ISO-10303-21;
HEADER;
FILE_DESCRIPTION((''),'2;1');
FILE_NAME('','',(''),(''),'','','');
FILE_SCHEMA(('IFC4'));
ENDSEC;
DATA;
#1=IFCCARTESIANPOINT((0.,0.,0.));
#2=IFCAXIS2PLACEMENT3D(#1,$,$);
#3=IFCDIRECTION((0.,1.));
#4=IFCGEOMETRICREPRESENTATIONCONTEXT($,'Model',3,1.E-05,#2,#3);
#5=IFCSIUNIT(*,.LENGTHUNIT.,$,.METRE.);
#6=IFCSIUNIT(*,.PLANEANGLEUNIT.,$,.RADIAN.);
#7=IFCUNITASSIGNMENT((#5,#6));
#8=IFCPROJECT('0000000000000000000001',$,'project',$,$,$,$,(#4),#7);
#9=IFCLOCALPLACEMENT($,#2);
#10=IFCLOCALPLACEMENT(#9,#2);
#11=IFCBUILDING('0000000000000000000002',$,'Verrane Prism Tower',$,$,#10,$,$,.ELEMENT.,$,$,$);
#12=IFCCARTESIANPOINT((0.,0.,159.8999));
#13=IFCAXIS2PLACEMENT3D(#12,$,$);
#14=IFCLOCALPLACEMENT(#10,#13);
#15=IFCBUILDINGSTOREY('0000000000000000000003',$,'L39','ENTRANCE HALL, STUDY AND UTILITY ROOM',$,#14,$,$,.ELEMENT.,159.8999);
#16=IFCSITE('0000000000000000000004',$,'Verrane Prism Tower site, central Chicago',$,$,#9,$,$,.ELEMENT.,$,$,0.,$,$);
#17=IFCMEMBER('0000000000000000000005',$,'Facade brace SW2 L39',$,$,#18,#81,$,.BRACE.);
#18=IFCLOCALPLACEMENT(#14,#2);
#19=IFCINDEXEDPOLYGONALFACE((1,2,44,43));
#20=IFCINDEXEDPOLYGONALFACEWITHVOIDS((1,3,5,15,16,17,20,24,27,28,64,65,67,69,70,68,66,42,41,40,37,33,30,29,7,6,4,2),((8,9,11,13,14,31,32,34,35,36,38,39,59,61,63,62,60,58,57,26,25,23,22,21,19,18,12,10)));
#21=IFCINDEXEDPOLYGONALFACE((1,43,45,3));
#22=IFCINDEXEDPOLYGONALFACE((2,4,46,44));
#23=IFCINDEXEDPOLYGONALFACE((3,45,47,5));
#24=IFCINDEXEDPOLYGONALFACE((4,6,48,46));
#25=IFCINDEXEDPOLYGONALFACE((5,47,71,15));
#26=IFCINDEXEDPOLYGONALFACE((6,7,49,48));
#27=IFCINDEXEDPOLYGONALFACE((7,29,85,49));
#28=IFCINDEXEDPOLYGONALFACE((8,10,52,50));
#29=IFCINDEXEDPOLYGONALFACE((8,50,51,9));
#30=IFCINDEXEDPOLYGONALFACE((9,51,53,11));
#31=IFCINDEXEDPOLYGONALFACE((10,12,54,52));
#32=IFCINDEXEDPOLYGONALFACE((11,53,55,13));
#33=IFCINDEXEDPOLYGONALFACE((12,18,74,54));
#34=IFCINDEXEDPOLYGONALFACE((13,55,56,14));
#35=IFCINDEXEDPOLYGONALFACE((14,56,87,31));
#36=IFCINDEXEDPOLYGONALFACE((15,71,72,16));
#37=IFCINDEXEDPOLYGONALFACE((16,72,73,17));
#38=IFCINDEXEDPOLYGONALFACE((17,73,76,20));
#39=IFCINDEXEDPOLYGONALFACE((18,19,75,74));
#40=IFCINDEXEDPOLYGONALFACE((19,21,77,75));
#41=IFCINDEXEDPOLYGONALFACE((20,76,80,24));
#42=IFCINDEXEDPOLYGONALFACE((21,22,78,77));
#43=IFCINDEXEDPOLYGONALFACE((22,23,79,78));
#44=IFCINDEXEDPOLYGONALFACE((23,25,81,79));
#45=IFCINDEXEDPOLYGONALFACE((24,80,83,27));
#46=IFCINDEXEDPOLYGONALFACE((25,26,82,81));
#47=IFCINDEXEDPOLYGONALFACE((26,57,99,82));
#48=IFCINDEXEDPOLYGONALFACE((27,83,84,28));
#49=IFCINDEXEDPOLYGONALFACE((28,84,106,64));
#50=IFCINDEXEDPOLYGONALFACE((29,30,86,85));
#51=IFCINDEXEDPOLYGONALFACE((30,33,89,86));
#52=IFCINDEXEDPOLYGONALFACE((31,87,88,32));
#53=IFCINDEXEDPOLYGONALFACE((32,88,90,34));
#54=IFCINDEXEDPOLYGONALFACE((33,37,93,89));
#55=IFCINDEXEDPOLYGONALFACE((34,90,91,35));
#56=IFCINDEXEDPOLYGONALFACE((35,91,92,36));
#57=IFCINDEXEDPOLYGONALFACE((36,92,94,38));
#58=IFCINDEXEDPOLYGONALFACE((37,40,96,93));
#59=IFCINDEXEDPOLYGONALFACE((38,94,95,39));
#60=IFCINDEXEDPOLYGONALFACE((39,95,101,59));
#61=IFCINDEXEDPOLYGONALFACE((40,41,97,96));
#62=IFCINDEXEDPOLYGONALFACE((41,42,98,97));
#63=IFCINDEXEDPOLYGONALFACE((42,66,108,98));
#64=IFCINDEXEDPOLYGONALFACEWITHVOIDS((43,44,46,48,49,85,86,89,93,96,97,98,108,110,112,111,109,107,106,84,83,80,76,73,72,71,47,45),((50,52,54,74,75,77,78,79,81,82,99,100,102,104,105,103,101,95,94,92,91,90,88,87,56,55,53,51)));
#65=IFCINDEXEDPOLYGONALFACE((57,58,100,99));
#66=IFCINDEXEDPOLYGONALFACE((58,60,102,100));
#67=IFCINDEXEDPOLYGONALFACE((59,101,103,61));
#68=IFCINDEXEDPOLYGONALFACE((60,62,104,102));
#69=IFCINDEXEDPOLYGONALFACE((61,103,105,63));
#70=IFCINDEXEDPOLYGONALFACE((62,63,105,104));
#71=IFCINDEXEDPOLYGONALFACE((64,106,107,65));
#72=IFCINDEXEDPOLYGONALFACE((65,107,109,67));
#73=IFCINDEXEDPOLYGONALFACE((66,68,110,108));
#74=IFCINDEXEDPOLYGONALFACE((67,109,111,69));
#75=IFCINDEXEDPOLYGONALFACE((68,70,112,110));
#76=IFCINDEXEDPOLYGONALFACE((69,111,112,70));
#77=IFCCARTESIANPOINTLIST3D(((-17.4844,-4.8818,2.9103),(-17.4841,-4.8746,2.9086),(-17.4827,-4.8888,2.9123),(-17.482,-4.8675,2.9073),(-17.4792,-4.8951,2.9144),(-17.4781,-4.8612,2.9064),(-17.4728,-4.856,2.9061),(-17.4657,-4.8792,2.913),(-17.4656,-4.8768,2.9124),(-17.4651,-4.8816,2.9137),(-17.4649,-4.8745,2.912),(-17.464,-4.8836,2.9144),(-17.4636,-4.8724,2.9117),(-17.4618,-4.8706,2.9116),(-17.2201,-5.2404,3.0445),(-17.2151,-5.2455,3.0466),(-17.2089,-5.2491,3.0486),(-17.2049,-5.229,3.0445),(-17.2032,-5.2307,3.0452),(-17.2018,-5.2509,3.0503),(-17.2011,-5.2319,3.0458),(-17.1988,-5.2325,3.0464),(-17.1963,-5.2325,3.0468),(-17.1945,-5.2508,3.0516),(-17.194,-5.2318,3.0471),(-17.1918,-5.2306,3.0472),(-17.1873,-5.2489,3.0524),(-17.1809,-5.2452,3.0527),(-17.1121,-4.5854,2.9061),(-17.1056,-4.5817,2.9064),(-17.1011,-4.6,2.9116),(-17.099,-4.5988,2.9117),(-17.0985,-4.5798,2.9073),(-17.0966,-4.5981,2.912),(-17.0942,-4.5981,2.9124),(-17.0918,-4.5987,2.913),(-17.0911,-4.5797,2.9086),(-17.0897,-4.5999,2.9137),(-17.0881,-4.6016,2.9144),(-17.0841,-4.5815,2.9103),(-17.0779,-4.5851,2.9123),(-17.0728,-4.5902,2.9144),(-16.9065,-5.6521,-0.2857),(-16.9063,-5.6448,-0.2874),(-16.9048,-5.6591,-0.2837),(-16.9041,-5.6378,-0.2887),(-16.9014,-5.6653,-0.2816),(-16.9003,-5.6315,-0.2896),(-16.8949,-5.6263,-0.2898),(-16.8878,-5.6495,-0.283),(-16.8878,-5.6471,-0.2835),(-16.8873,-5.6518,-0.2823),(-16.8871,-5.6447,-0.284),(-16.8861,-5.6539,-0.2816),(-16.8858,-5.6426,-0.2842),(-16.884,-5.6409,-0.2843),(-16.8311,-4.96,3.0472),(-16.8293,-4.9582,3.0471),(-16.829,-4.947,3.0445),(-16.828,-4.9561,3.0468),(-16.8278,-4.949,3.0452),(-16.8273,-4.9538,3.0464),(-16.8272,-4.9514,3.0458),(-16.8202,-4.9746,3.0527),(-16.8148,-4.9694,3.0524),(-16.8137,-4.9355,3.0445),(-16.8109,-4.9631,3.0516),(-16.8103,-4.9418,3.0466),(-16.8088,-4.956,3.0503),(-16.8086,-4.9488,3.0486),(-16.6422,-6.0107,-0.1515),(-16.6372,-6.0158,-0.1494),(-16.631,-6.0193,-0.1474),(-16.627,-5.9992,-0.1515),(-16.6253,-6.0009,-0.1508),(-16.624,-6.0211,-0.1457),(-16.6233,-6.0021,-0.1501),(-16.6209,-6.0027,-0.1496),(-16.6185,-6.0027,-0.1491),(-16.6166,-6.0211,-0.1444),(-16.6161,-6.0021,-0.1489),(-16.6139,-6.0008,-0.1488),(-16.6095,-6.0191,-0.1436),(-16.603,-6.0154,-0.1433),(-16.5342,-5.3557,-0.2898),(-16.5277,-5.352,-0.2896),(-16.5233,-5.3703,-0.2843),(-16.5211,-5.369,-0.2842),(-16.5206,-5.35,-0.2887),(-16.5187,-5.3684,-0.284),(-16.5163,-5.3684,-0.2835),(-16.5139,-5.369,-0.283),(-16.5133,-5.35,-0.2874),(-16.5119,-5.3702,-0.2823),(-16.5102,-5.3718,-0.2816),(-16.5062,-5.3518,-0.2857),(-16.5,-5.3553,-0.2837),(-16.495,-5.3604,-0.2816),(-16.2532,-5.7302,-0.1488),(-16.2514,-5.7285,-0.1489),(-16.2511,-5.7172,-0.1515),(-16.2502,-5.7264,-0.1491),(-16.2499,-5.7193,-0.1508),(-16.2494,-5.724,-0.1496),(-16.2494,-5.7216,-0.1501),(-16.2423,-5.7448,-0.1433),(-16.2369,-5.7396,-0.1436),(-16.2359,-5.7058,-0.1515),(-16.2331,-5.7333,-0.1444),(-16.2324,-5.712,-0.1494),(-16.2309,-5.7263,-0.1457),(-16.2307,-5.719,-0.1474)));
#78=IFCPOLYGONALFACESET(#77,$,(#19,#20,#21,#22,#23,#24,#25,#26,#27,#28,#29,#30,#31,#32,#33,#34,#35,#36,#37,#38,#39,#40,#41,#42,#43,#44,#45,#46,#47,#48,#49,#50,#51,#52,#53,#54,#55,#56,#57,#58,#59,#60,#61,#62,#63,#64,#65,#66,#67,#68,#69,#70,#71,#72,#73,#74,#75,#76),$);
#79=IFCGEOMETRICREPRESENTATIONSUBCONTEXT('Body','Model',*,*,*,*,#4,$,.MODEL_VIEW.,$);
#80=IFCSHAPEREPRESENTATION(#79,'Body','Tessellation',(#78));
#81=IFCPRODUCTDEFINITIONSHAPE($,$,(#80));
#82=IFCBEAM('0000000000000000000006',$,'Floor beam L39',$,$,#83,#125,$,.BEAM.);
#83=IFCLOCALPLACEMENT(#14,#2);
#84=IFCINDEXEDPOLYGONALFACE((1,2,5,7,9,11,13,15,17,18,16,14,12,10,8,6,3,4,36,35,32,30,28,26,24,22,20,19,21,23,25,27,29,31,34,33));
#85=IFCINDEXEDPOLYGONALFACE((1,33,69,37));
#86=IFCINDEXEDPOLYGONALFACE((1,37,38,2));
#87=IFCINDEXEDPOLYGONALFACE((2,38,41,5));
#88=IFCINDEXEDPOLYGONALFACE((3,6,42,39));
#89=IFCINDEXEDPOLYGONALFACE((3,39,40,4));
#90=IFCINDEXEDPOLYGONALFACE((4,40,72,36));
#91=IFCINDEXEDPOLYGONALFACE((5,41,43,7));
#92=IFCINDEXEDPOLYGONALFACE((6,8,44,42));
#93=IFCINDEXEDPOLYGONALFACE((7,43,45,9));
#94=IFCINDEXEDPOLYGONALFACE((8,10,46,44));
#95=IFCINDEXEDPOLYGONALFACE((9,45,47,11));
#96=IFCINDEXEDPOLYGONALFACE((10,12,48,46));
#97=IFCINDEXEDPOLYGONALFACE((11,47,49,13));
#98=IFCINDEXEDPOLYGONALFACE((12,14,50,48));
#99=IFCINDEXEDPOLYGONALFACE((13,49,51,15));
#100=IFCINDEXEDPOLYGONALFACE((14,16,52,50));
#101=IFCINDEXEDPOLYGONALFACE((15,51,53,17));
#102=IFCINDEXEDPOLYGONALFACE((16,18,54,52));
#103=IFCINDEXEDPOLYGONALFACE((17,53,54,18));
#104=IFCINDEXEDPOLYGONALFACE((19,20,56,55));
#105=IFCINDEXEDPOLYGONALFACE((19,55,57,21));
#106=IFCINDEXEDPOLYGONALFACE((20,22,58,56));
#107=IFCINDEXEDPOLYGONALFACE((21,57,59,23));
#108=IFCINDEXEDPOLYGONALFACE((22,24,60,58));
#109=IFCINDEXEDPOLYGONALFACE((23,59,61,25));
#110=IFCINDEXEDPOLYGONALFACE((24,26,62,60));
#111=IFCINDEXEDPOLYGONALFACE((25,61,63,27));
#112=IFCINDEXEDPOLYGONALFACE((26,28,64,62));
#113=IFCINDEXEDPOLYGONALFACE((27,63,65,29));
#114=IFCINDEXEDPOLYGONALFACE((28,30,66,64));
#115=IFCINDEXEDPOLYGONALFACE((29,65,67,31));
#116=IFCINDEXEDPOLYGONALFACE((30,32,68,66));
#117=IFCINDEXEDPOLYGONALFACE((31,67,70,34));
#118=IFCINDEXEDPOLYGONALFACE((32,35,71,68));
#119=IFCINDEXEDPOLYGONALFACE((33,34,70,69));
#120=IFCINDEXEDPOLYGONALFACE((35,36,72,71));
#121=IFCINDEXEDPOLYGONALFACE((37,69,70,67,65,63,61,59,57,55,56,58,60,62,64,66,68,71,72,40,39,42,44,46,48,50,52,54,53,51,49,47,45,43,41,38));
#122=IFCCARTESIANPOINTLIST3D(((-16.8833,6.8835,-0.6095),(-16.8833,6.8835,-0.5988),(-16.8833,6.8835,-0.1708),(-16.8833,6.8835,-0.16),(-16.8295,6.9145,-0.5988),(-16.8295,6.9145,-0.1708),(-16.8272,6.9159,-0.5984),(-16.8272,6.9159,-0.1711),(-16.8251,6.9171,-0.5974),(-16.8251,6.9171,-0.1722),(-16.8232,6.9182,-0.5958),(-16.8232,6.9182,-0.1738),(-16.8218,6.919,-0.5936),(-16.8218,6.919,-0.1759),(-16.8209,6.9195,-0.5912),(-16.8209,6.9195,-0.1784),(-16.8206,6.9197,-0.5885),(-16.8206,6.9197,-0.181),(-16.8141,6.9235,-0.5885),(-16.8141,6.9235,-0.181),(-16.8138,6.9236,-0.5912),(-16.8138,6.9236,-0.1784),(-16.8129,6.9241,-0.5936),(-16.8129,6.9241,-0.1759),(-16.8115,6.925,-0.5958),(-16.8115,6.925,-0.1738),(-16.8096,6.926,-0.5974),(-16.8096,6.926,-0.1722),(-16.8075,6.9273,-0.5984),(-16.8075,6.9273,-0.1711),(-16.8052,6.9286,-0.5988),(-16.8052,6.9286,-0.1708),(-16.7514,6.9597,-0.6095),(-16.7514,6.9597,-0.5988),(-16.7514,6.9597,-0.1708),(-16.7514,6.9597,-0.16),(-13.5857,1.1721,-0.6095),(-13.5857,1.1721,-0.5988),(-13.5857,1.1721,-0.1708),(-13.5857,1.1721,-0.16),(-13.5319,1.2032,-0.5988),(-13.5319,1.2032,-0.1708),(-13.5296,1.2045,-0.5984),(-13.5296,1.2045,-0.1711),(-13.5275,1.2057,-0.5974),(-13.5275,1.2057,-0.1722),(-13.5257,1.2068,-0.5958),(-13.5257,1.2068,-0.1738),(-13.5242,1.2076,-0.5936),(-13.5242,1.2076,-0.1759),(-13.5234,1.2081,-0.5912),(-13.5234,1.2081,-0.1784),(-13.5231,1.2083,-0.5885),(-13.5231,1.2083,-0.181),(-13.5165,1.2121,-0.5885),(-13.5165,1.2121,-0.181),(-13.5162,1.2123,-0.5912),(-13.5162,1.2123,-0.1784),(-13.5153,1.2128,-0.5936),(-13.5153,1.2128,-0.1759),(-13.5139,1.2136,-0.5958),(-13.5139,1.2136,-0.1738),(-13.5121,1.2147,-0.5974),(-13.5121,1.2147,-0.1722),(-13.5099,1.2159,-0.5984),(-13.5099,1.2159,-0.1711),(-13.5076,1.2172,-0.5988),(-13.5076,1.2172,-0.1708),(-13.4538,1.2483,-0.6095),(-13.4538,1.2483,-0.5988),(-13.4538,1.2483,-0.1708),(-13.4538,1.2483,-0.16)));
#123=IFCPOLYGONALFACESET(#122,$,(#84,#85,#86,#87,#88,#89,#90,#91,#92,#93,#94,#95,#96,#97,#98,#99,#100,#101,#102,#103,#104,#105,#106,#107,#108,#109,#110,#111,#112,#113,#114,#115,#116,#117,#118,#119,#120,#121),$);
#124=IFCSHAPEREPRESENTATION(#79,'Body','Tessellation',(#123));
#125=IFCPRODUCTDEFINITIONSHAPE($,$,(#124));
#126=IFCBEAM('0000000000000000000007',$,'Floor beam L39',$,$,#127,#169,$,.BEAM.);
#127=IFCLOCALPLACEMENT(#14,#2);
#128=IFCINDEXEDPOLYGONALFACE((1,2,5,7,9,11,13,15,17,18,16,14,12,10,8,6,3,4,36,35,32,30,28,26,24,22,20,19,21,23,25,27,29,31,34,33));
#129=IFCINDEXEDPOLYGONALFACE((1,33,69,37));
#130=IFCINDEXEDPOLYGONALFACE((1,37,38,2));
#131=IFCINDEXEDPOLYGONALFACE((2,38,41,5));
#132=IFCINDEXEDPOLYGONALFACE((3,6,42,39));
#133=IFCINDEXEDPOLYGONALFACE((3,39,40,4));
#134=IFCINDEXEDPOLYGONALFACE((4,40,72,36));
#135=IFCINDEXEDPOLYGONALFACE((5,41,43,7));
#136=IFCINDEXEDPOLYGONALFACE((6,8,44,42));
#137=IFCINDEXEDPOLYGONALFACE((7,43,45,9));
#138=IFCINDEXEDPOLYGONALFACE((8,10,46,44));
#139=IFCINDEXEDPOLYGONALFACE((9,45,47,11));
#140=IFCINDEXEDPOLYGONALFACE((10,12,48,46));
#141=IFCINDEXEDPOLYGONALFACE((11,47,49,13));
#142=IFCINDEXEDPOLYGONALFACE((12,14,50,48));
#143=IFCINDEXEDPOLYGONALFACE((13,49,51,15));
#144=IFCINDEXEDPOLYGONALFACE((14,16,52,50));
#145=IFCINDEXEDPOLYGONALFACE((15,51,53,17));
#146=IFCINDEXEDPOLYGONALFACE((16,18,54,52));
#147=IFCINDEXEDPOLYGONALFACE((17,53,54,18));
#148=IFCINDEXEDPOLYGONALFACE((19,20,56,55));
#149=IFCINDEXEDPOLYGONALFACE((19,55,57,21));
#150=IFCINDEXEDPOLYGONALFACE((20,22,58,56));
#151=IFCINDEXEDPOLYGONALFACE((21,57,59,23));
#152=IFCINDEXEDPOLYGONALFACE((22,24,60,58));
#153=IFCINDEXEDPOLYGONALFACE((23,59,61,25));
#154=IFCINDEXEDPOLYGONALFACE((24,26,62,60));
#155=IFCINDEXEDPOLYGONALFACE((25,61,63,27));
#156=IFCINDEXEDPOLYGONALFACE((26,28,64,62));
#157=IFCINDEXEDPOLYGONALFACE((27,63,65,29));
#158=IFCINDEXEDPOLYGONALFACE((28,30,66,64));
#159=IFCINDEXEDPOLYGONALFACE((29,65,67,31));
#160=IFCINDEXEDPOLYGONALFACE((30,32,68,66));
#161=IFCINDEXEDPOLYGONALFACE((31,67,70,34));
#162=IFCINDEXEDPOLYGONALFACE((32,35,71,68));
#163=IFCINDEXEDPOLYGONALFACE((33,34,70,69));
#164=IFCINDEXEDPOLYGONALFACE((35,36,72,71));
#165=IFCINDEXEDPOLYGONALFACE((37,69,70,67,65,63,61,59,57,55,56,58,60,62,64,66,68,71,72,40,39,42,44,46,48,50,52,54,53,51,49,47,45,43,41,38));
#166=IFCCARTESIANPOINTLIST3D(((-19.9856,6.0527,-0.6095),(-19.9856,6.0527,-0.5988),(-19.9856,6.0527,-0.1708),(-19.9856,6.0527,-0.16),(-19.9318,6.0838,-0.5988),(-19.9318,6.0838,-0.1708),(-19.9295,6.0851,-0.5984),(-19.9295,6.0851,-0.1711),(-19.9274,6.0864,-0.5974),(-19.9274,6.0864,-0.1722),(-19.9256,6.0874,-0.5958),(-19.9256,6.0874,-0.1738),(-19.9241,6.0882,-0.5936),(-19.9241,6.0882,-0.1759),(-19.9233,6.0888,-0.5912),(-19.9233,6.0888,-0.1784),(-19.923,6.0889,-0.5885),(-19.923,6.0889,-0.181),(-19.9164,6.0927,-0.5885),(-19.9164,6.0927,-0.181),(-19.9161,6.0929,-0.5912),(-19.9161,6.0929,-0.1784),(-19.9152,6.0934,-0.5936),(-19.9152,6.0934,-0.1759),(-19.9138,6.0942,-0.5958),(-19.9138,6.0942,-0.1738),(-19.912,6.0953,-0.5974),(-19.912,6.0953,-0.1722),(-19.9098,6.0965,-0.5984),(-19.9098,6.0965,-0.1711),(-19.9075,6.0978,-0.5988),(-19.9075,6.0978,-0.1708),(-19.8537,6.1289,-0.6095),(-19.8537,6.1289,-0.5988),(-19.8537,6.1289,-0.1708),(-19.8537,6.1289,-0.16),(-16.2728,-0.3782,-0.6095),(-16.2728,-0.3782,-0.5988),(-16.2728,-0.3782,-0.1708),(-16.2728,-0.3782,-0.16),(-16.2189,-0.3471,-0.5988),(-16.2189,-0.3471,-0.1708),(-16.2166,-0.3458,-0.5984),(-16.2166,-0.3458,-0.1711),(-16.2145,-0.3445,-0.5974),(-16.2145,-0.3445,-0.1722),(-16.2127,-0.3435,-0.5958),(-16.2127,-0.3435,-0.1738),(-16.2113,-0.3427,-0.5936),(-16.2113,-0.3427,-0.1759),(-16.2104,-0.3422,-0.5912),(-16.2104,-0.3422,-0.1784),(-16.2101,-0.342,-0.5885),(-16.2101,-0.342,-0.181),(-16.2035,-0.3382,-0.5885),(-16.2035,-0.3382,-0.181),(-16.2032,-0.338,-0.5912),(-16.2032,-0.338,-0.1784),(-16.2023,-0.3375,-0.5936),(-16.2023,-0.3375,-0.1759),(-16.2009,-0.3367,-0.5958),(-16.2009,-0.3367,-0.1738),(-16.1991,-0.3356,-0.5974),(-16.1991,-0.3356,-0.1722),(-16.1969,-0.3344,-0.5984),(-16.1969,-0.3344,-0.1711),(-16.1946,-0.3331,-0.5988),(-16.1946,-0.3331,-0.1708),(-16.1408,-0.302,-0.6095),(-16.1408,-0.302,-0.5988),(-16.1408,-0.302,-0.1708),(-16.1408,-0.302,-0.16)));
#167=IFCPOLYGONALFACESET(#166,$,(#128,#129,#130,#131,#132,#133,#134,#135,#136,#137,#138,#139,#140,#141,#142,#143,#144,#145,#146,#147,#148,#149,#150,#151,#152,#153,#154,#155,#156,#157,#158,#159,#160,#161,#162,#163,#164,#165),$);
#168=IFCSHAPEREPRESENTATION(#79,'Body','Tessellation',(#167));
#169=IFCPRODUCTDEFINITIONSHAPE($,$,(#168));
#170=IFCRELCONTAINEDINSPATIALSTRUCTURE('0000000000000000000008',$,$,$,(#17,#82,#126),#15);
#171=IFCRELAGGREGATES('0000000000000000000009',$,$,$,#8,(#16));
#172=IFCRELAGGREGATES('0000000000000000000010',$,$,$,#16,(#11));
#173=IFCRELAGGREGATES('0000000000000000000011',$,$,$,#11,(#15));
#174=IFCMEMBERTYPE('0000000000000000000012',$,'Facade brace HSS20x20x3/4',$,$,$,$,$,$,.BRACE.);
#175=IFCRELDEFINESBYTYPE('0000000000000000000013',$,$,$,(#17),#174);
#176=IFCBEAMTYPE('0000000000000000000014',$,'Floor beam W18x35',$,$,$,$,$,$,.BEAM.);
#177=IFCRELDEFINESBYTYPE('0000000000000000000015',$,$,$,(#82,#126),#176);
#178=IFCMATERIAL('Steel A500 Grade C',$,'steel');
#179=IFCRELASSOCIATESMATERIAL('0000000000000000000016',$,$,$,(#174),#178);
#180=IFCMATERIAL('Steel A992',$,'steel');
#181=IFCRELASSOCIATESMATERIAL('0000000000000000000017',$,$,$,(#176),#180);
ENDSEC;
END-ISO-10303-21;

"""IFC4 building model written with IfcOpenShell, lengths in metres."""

from ifc_helpers import new_model, si_unit, direction, frame, origin, origin_2d, place, context, subcontext, project, spatial, hollow_rectangle, i_section, extrude, material, material_profile, profile_set, type_object, element, save


model = new_model("IFC4")

# Units and contexts
model_context = context("Model", 3, precision=1e-05, world=origin(), true_north=direction((0.0, 1.0)))
body_context = subcontext(model_context, "Body", "Model", "MODEL_VIEW")
ifc_project = project(units=[si_unit("LENGTHUNIT", "METRE"), si_unit("PLANEANGLEUNIT", "RADIAN")], contexts=[model_context])

# Site, building, storey
site_placement = place(None, origin())
site = spatial("IfcSite", under=ifc_project, at=site_placement, Name="Verrane Prism Tower site, central Chicago", CompositionType="ELEMENT", RefElevation=0.0)
building_placement = place(site_placement, origin())
building = spatial("IfcBuilding", under=site, at=building_placement, Name="Verrane Prism Tower", CompositionType="ELEMENT")
storey_placement = place(building_placement, frame((0.0, 0.0, 159.8999)))
storey = spatial("IfcBuildingStorey", under=building, at=storey_placement, Name="L39", Description="ENTRANCE HALL, STUDY AND UTILITY ROOM", CompositionType="ELEMENT", Elevation=159.8999)

# Member
ifc_material_1 = material(Name="Steel A500 Grade C", Category="steel")
ifc_material_profile_1 = material_profile(ifc_material_1, hollow_rectangle(XDim=0.5081, YDim=0.5081, WallThickness=0.019, InnerFilletRadius=0.0095, OuterFilletRadius=0.0286, at=origin_2d()), Name="HSS20x20x3/4")
ifc_profile_set_1 = profile_set([ifc_material_profile_1], Name="Steel A500 Grade C")
member_type_1 = type_object("IfcMemberType", Name="Facade brace HSS20x20x3/4", PredefinedType="BRACE", material=ifc_profile_set_1)
member_1_placement = place(storey_placement, frame((-16.5686, -5.6855, -0.2166), z_axis=(-0.173124, 0.230759, 0.957485), x_axis=(-0.799909, -0.600122, 0.0)))
element("IfcMember", 1, at=member_1_placement, inside=storey, type_object=member_type_1, Name="Facade brace SW2 L39", PredefinedType="BRACE", context=body_context, shape_type="SweptSolid", body=[
    extrude(hollow_rectangle(XDim=0.5081, YDim=0.5081, WallThickness=0.019, InnerFilletRadius=0.0095, OuterFilletRadius=0.0286, at=origin_2d()), origin(), (0.0, 0.0, 1.0), 3.3379),
])

# Beams
ifc_material_2 = material(Name="Steel A992", Category="steel")
ifc_material_profile_2 = material_profile(ifc_material_2, i_section(OverallWidth=0.1523, OverallDepth=0.4495, WebThickness=0.0076, FlangeThickness=0.0107, FilletRadius=0.0103, at=origin_2d()), Name="W18x35")
ifc_profile_set_2 = profile_set([ifc_material_profile_2], Name="Steel A992")
beam_type_1 = type_object("IfcBeamType", Name="Floor beam W18x35", PredefinedType="BEAM", material=ifc_profile_set_2)
beam_1_placement = place(storey_placement, frame((-13.5198, 1.2102, -0.3848), z_axis=(-0.500013, 0.866018, 0.0), x_axis=(-0.866018, -0.500013, 0.0)))
element("IfcBeam", 2, at=beam_1_placement, inside=storey, type_object=beam_type_1, Name="Floor beam L39", PredefinedType="BEAM", context=body_context, shape_type="SweptSolid", body=[
    extrude(i_section(OverallWidth=0.1523, OverallDepth=0.4495, WebThickness=0.0076, FlangeThickness=0.0107, FilletRadius=0.0103, at=origin_2d()), origin(), (0.0, 0.0, 1.0), 6.595),
])
beam_2_placement = place(storey_placement, frame((-16.2068, -0.3401, -0.3848), z_axis=(-0.5, 0.866025, 0.0), x_axis=(-0.866025, -0.5, 0.0)))
element("IfcBeam", 3, at=beam_2_placement, inside=storey, type_object=beam_type_1, Name="Floor beam L39", PredefinedType="BEAM", context=body_context, shape_type="SweptSolid", body=[
    extrude(i_section(OverallWidth=0.1523, OverallDepth=0.4495, WebThickness=0.0076, FlangeThickness=0.0107, FilletRadius=0.0103, at=origin_2d()), origin(), (0.0, 0.0, 1.0), 7.4258),
])

save(model, "model.ifc")
